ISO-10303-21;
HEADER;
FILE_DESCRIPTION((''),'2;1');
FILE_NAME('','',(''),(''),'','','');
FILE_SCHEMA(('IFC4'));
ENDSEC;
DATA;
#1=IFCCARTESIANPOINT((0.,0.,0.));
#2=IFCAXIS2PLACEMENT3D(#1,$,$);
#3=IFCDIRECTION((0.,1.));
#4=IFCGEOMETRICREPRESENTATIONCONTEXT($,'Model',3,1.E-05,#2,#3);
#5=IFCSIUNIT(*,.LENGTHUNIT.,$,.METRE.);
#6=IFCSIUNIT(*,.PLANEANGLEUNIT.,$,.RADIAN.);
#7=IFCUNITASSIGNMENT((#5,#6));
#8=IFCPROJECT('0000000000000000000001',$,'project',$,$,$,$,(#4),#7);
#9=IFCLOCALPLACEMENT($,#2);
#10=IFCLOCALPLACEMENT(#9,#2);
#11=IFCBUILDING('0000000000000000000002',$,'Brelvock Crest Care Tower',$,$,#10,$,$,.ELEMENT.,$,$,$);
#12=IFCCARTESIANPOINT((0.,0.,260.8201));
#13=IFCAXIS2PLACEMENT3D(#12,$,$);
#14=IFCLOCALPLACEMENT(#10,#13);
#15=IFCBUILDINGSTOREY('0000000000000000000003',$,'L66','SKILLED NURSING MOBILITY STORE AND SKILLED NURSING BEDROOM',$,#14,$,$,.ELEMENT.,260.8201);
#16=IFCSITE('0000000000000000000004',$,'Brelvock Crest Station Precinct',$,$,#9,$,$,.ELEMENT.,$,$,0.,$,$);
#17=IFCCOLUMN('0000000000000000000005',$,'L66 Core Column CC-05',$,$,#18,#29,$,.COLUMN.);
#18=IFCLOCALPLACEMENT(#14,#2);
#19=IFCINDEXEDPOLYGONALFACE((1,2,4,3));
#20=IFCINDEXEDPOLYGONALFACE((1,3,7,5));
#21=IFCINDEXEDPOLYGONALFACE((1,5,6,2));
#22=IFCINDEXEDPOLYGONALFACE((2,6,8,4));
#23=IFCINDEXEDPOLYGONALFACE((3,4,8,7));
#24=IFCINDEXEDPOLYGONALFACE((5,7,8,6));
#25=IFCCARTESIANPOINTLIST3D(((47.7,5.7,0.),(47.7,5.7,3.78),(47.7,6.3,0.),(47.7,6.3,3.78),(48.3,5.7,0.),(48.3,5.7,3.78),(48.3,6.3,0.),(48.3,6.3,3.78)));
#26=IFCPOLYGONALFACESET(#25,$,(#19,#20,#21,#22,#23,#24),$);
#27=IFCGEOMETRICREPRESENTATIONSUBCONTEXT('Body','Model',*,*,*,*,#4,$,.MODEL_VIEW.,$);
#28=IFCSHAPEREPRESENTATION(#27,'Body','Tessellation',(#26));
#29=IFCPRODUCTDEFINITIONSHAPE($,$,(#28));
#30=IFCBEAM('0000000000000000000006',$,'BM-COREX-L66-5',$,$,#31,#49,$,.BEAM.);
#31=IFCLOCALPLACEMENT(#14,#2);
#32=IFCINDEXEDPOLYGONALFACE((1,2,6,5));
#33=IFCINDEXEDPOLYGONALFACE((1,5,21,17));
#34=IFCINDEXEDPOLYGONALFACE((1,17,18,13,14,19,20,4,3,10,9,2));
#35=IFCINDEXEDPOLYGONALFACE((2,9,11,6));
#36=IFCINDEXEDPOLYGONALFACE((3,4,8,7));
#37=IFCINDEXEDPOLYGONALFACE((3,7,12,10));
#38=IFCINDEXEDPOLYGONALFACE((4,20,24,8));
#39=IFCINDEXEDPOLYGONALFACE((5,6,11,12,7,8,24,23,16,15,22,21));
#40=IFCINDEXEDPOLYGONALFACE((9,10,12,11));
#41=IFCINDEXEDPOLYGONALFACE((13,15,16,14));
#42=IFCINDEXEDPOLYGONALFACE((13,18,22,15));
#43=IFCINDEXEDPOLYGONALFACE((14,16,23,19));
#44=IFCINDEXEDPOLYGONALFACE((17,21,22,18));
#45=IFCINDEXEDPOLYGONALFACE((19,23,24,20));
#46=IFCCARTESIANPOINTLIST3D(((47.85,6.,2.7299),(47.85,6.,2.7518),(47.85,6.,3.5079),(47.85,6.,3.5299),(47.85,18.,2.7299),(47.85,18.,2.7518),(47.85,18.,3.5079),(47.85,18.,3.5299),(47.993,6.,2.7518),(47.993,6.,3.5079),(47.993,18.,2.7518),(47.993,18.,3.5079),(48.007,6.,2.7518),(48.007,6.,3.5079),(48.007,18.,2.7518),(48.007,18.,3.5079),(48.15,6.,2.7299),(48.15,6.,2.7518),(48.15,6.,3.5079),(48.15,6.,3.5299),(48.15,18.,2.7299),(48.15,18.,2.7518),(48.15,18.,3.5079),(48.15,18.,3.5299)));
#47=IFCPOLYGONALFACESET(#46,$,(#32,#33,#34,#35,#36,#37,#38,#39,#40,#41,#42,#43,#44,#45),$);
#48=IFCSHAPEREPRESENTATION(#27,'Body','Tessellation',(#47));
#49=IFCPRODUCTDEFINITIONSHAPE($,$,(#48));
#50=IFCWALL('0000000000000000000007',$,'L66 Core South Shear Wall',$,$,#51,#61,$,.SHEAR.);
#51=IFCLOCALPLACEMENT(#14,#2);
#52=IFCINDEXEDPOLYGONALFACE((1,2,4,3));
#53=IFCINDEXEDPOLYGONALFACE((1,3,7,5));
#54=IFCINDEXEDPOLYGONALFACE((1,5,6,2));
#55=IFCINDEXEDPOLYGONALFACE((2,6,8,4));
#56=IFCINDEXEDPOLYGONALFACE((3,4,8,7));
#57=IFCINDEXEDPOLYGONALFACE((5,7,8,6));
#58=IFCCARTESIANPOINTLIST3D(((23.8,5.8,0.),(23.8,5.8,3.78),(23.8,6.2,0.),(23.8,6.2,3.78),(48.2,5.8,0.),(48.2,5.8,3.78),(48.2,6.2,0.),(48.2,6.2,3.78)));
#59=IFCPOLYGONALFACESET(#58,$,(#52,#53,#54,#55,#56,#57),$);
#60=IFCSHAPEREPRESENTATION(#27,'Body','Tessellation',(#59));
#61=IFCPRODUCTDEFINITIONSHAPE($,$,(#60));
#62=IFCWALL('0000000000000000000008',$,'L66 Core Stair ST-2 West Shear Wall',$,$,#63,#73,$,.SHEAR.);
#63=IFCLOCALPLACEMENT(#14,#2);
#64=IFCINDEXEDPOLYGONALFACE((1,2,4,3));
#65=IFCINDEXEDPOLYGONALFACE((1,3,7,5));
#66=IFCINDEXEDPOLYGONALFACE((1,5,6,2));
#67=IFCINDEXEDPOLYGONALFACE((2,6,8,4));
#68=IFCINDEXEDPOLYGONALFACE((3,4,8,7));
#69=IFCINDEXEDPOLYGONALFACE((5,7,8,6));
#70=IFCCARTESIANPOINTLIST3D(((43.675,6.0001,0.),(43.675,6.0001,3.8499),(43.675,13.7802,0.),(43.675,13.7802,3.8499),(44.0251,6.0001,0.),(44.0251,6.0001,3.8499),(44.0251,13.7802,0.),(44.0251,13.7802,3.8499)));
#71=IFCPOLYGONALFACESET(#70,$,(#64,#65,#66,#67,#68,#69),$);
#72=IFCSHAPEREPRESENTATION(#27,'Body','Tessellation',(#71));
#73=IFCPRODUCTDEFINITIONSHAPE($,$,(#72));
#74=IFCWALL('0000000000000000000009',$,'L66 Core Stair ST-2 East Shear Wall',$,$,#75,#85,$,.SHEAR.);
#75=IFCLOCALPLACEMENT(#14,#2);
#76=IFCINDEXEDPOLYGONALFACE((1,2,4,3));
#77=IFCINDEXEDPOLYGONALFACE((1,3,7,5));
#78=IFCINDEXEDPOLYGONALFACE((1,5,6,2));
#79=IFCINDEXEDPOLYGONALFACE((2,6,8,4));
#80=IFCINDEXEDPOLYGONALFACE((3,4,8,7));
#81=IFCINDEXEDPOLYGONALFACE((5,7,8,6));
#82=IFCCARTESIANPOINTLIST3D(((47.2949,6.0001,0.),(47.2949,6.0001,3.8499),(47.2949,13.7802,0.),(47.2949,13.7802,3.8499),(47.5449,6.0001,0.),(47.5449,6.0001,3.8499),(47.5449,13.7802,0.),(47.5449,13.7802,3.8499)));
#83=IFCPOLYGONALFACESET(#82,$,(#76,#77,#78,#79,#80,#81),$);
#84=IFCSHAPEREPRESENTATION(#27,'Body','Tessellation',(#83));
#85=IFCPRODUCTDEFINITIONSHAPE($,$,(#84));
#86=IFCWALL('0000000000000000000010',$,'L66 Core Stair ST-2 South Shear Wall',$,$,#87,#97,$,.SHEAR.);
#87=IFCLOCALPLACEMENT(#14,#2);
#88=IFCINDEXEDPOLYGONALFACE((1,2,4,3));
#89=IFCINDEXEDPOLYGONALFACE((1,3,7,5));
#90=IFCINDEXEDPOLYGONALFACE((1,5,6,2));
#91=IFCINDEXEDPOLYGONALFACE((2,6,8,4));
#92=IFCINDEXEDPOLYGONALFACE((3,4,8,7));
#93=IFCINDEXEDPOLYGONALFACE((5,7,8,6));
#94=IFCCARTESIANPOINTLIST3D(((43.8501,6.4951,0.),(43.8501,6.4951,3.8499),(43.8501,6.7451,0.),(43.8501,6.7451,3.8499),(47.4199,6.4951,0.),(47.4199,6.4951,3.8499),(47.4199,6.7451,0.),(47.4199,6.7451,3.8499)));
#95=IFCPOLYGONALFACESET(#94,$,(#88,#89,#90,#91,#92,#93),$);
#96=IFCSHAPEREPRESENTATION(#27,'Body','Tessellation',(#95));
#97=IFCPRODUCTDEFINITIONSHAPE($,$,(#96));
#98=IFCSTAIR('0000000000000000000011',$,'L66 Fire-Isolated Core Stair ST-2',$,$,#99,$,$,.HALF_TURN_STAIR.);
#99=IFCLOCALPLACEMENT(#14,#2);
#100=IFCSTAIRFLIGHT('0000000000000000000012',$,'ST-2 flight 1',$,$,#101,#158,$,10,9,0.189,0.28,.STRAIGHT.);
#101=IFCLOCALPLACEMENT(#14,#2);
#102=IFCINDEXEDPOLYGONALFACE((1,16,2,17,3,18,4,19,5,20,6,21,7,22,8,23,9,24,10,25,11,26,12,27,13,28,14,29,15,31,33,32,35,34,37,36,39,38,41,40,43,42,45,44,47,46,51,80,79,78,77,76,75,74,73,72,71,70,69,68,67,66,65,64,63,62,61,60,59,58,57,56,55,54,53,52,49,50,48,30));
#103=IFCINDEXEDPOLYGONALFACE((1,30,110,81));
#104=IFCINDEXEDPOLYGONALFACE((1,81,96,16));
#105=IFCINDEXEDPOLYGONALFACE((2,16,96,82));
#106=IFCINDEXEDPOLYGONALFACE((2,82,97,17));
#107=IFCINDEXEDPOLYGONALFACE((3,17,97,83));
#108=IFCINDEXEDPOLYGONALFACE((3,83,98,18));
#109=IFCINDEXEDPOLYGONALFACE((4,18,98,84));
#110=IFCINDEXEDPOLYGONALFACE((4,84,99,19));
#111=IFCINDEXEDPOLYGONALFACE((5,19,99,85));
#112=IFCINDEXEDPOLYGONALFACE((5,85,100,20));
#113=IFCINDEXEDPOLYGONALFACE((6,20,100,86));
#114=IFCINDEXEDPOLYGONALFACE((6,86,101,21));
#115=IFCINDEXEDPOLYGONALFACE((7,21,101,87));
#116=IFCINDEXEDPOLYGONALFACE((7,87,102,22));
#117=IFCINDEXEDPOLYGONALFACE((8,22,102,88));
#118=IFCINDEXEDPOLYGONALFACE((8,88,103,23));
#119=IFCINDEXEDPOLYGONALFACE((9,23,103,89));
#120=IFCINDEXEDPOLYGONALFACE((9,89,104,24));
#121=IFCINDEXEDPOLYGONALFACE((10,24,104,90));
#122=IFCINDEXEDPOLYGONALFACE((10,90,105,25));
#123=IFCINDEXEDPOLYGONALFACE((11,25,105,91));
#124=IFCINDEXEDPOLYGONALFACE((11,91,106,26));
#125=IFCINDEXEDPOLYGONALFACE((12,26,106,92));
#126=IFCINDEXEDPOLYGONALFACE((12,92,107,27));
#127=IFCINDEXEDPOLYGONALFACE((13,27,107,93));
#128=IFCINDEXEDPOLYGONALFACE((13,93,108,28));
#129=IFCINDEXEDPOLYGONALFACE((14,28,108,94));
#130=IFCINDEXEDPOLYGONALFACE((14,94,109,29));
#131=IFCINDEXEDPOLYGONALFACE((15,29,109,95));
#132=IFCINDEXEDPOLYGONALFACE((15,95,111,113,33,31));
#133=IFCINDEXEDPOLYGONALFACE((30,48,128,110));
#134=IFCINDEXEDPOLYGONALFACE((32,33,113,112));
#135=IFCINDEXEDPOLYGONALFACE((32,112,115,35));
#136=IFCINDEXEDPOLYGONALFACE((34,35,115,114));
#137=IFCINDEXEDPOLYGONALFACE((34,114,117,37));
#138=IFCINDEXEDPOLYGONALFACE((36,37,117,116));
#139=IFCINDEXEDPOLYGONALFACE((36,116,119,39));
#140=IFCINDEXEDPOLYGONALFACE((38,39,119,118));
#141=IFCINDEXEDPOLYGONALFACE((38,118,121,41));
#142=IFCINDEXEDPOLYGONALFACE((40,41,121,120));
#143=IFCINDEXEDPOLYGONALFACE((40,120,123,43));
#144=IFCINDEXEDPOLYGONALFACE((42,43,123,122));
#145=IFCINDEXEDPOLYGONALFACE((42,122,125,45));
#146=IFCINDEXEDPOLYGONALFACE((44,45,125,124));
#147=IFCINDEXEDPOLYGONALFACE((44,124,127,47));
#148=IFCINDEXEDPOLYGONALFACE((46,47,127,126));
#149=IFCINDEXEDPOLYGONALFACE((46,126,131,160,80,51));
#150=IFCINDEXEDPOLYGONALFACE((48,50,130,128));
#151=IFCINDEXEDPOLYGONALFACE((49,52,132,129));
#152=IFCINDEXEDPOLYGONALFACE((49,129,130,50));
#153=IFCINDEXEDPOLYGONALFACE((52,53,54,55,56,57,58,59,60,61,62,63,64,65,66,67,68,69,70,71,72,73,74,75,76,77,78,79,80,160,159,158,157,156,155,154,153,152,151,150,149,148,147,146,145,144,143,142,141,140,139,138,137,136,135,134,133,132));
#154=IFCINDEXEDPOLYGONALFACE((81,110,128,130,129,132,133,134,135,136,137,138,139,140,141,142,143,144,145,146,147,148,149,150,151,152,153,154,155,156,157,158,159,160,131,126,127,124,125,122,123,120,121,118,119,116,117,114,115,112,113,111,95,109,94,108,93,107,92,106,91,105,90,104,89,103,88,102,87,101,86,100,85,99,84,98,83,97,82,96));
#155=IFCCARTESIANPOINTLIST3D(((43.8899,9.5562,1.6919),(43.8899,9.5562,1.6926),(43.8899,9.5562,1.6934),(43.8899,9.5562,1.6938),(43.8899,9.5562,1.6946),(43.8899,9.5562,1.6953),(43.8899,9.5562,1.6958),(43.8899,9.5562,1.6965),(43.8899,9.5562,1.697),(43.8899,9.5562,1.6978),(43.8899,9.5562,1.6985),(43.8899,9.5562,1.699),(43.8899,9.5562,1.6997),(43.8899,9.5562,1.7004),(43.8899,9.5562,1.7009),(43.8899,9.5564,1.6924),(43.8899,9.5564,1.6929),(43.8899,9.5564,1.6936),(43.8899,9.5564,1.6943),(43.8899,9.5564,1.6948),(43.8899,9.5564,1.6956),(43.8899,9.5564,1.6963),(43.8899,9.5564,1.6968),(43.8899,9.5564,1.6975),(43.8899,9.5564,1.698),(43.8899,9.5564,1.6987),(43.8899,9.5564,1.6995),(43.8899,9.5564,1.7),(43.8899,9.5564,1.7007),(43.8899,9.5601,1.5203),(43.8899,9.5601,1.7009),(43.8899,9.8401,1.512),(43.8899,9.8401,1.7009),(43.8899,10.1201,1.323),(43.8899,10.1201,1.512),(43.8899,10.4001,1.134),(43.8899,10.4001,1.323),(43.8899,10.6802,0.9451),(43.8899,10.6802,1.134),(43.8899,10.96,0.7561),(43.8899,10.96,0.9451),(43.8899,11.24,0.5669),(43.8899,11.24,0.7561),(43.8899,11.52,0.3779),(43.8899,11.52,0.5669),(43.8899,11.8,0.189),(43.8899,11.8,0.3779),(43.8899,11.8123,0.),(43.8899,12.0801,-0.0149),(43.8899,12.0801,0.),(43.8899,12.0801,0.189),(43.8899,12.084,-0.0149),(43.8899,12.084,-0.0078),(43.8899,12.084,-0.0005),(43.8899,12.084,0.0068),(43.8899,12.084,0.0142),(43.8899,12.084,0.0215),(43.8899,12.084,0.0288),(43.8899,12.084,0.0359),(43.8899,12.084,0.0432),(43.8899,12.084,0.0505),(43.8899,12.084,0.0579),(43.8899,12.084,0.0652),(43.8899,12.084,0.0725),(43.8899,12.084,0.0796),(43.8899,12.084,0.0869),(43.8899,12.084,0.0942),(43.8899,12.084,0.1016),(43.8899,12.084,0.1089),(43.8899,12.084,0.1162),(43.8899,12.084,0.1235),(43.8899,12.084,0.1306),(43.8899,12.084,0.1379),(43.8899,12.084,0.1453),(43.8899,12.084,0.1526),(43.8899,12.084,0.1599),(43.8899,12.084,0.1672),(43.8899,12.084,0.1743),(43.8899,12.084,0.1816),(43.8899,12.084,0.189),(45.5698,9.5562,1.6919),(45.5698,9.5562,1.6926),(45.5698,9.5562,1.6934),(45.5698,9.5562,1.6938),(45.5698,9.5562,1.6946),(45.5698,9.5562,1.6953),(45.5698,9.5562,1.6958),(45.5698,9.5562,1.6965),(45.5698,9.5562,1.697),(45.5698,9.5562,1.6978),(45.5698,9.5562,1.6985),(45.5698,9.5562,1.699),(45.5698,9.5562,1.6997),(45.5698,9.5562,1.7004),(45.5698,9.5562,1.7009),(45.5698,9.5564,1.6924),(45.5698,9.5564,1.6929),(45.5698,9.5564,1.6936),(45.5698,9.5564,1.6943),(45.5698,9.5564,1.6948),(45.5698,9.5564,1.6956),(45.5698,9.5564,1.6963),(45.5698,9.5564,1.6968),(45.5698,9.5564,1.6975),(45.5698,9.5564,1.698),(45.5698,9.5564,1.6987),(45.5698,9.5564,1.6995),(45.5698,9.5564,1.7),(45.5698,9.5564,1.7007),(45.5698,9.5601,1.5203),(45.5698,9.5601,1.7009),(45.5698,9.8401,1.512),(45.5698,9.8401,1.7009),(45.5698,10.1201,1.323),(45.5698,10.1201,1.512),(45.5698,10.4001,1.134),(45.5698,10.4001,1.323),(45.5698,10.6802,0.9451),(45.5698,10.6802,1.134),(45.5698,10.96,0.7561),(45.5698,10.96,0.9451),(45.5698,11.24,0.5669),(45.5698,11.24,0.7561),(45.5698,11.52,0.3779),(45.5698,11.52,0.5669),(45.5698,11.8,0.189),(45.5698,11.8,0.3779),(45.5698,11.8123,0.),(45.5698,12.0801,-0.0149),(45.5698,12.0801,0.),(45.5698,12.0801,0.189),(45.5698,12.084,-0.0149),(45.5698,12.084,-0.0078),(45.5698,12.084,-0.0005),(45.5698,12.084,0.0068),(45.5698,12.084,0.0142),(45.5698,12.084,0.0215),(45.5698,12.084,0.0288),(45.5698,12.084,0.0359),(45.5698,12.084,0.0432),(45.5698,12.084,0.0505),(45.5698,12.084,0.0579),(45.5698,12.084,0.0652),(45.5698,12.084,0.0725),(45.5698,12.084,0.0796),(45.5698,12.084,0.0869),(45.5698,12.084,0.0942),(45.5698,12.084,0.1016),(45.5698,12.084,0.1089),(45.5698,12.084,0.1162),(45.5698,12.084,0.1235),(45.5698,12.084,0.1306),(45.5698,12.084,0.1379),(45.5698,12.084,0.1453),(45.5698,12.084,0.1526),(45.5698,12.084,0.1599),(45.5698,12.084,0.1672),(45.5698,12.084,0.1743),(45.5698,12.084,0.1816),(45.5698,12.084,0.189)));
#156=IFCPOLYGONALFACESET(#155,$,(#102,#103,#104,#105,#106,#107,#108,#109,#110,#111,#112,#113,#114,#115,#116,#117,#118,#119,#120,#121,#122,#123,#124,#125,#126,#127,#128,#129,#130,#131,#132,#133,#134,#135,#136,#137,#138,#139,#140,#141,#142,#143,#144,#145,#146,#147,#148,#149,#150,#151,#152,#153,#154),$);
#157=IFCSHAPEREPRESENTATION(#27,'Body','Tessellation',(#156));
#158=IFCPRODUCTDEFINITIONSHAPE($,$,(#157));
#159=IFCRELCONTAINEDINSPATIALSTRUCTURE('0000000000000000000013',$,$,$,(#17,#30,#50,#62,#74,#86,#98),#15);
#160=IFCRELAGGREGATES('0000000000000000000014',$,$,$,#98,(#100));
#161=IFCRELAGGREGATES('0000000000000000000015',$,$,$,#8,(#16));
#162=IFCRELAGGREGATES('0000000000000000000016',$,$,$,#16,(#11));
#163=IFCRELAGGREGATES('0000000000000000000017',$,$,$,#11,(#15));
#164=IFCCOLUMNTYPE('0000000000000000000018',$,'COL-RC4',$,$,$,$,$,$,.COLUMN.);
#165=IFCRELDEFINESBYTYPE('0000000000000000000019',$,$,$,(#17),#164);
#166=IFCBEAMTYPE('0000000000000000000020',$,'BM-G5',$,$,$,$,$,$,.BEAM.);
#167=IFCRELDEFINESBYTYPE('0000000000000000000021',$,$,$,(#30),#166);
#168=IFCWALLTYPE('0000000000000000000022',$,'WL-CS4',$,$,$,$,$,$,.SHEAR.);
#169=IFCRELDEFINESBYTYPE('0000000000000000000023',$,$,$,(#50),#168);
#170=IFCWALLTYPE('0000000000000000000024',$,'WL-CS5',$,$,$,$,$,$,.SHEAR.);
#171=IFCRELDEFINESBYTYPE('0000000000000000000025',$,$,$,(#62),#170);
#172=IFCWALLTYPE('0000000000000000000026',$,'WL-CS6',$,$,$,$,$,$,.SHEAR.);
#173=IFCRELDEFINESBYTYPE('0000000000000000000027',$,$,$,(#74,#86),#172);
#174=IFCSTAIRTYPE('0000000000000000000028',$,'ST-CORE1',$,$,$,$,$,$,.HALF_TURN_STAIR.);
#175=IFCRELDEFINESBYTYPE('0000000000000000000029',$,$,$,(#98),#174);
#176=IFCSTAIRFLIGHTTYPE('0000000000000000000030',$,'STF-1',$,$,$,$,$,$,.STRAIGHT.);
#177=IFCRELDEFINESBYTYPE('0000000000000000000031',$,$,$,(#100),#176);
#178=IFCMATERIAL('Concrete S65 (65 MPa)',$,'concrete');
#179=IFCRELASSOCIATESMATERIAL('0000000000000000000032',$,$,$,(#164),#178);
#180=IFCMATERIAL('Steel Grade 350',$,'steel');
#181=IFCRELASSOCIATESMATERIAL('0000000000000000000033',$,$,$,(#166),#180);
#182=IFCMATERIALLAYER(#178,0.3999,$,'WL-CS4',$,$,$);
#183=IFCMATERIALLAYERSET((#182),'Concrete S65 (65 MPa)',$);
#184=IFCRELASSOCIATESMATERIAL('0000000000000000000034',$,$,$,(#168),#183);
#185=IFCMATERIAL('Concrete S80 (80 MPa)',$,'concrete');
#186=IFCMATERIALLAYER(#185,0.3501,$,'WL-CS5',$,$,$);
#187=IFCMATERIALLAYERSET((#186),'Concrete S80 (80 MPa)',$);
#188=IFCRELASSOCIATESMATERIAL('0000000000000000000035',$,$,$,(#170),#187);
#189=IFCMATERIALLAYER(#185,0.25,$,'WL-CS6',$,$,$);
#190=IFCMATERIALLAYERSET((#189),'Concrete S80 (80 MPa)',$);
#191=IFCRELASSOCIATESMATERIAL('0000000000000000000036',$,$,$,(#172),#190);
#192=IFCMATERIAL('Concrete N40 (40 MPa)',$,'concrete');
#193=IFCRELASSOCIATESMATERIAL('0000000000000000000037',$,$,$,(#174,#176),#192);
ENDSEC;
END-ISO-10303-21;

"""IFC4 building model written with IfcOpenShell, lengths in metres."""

from ifc_helpers import new_model, si_unit, direction, frame, frame_2d, origin, origin_2d, place, context, subcontext, project, spatial, polyline, rectangle, i_section, outline, extrude, source, transform, mapped, material, layer, layer_set, material_profile, profile_set, type_object, element, aggregate, save


model = new_model("IFC4")

# Units and contexts
model_context = context("Model", 3, precision=1e-05, world=origin(), true_north=direction((0.0, 1.0)))
body_context = subcontext(model_context, "Body", "Model", "MODEL_VIEW")
ifc_project = project(units=[si_unit("LENGTHUNIT", "METRE"), si_unit("PLANEANGLEUNIT", "RADIAN")], contexts=[model_context])

# Site, building, storey
site_placement = place(None, origin())
site = spatial("IfcSite", under=ifc_project, at=site_placement, Name="Brelvock Crest Station Precinct", CompositionType="ELEMENT", RefElevation=0.0)
building_placement = place(site_placement, origin())
building = spatial("IfcBuilding", under=site, at=building_placement, Name="Brelvock Crest Care Tower", CompositionType="ELEMENT")
storey_placement = place(building_placement, frame((0.0, 0.0, 260.8201)))
storey = spatial("IfcBuildingStorey", under=building, at=storey_placement, Name="L66", Description="SKILLED NURSING MOBILITY STORE AND SKILLED NURSING BEDROOM", CompositionType="ELEMENT", Elevation=260.8201)

# Column
ifc_material_1 = material(Name="Concrete S65 (65 MPa)", Category="concrete")
ifc_material_profile_1 = material_profile(ifc_material_1, rectangle(XDim=0.6001, YDim=0.6001, at=origin_2d()), Name="RC600x600")
ifc_profile_set_1 = profile_set([ifc_material_profile_1], Name="Concrete S65 (65 MPa)")
column_type = type_object("IfcColumnType", Name="COL-RC4", PredefinedType="COLUMN", material=ifc_profile_set_1)
shared_shape_1 = source(origin(), body_context, "Body", "SweptSolid", [
    extrude(rectangle(XDim=0.6001, YDim=0.6001, at=origin_2d()), origin(), (0.0, 0.0, 1.0), 3.78),
])
column_placement = place(storey_placement, frame((48.0, 6.0, 0.0), z_axis=(0.0, 0.0, 1.0), x_axis=(1.0, 0.0, 0.0)))
element("IfcColumn", 1, at=column_placement, inside=storey, type_object=column_type, Name="L66 Core Column CC-05", PredefinedType="COLUMN", context=body_context, shape_type="MappedRepresentation", body=[
    mapped(shared_shape_1, transform((0.0, 0.0, 0.0), x_axis=(1.0, 0.0, 0.0), y_axis=(0.0, 1.0, 0.0), z_axis=(0.0, 0.0, 1.0), scale=1.0)),
])

# Beam
ifc_material_2 = material(Name="Steel Grade 350", Category="steel")
ifc_material_profile_2 = material_profile(ifc_material_2, i_section(OverallWidth=0.3, OverallDepth=0.8, WebThickness=0.0139, FlangeThickness=0.022, at=origin_2d()), Name="800WB192")
ifc_profile_set_2 = profile_set([ifc_material_profile_2], Name="Steel Grade 350")
beam_type = type_object("IfcBeamType", Name="BM-G5", PredefinedType="BEAM", material=ifc_profile_set_2)
shared_shape_2 = source(origin(), body_context, "Body", "SweptSolid", [
    extrude(i_section(OverallWidth=0.3, OverallDepth=0.8, WebThickness=0.0139, FlangeThickness=0.022, at=origin_2d()), origin(), (0.0, 0.0, 1.0), 12.0),
])
beam_placement = place(storey_placement, frame((48.0, 6.0, 3.1299), z_axis=(0.0, 1.0, 0.0), x_axis=(-1.0, 0.0, 0.0)))
element("IfcBeam", 2, at=beam_placement, inside=storey, type_object=beam_type, Name="BM-COREX-L66-5", PredefinedType="BEAM", context=body_context, shape_type="MappedRepresentation", body=[
    mapped(shared_shape_2, transform((0.0, 0.0, 0.0), x_axis=(1.0, 0.0, 0.0), y_axis=(0.0, 1.0, 0.0), z_axis=(0.0, 0.0, 1.0), scale=1.0)),
])

# Walls
ifc_layer_1 = layer(ifc_material_1, 0.3999, Name="WL-CS4")
ifc_layer_set_1 = layer_set([ifc_layer_1], Name="Concrete S65 (65 MPa)")
wall_type_1 = type_object("IfcWallType", Name="WL-CS4", PredefinedType="SHEAR", material=ifc_layer_set_1)
wall_1_placement = place(storey_placement, frame((48.2, 6.0, 0.0), z_axis=(0.0, 0.0, 1.0), x_axis=(-1.0, 0.0, 0.0)))
element("IfcWall", 3, at=wall_1_placement, inside=storey, type_object=wall_type_1, Name="L66 Core South Shear Wall", PredefinedType="SHEAR", context=body_context, shape_type="SweptSolid", body=[
    extrude(rectangle(XDim=24.3999, YDim=0.3999, at=frame_2d((12.2, 0.0))), origin(), (0.0, 0.0, 1.0), 3.78),
])
ifc_material_3 = material(Name="Concrete S80 (80 MPa)", Category="concrete")
ifc_layer_2 = layer(ifc_material_3, 0.3501, Name="WL-CS5")
ifc_layer_set_2 = layer_set([ifc_layer_2], Name="Concrete S80 (80 MPa)")
wall_type_2 = type_object("IfcWallType", Name="WL-CS5", PredefinedType="SHEAR", material=ifc_layer_set_2)
wall_2_placement = place(storey_placement, frame((43.8501, 6.0, 0.0), z_axis=(0.0, 0.0, 1.0), x_axis=(0.0, 1.0, 0.0)))
element("IfcWall", 4, at=wall_2_placement, inside=storey, type_object=wall_type_2, Name="L66 Core Stair ST-2 West Shear Wall", PredefinedType="SHEAR", context=body_context, shape_type="SweptSolid", body=[
    extrude(rectangle(XDim=7.78, YDim=0.3501, at=frame_2d((3.8901, 0.0))), origin(), (0.0, 0.0, 1.0), 3.8499),
])
ifc_layer_3 = layer(ifc_material_3, 0.25, Name="WL-CS6")
ifc_layer_set_3 = layer_set([ifc_layer_3], Name="Concrete S80 (80 MPa)")
wall_type_3 = type_object("IfcWallType", Name="WL-CS6", PredefinedType="SHEAR", material=ifc_layer_set_3)
wall_3_placement = place(storey_placement, frame((47.4199, 6.0, 0.0), z_axis=(0.0, 0.0, 1.0), x_axis=(0.0, 1.0, 0.0)))
element("IfcWall", 5, at=wall_3_placement, inside=storey, type_object=wall_type_3, Name="L66 Core Stair ST-2 East Shear Wall", PredefinedType="SHEAR", context=body_context, shape_type="SweptSolid", body=[
    extrude(rectangle(XDim=7.78, YDim=0.25, at=frame_2d((3.8901, 0.0))), origin(), (0.0, 0.0, 1.0), 3.8499),
])
wall_4_placement = place(storey_placement, frame((43.8501, 6.6201, 0.0), z_axis=(0.0, 0.0, 1.0), x_axis=(1.0, 0.0, 0.0)))
element("IfcWall", 6, at=wall_4_placement, inside=storey, type_object=wall_type_3, Name="L66 Core Stair ST-2 South Shear Wall", PredefinedType="SHEAR", context=body_context, shape_type="SweptSolid", body=[
    extrude(rectangle(XDim=3.5698, YDim=0.25, at=frame_2d((1.7849, 0.0))), origin(), (0.0, 0.0, 1.0), 3.8499),
])

# Stair, stair flight
ifc_material_4 = material(Name="Concrete N40 (40 MPa)", Category="concrete")
stair_type = type_object("IfcStairType", Name="ST-CORE1", PredefinedType="HALF_TURN_STAIR", material=ifc_material_4)
stair_placement = place(storey_placement, origin())
stair = element("IfcStair", 7, at=stair_placement, inside=storey, type_object=stair_type, Name="L66 Fire-Isolated Core Stair ST-2", PredefinedType="HALF_TURN_STAIR")
stair_flight_type = type_object("IfcStairFlightType", Name="STF-1", PredefinedType="STRAIGHT", material=ifc_material_4)
stair_flight_1_placement = place(storey_placement, frame((44.73, 12.0801, 0.0), z_axis=(0.0, 0.0, 1.0), x_axis=(0.0, -1.0, 0.0)))
stair_flight_1 = element("IfcStairFlight", 8, at=stair_flight_1_placement, type_object=stair_flight_type, Name="ST-2 flight 1", NumberOfRisers=10, NumberOfTreads=9, PredefinedType="STRAIGHT", RiserHeight=0.189, TreadLength=0.28, context=body_context, shape_type="SweptSolid", body=[
    extrude(outline(polyline([(-0.0039, -0.0149), (-0.0039, -0.0078), (-0.0039, -0.0005), (-0.0039, 0.0068), (-0.0039, 0.0142), (-0.0039, 0.0215), (-0.0039, 0.0288), (-0.0039, 0.0359), (-0.0039, 0.0432), (-0.0039, 0.0505), (-0.0039, 0.0579), (-0.0039, 0.0652), (-0.0039, 0.0725), (-0.0039, 0.0796), (-0.0039, 0.0869), (-0.0039, 0.0942), (-0.0039, 0.1016), (-0.0039, 0.1089), (-0.0039, 0.1162), (-0.0039, 0.1235), (-0.0039, 0.1306), (-0.0039, 0.1379), (-0.0039, 0.1453), (-0.0039, 0.1526), (-0.0039, 0.1599), (-0.0039, 0.1672), (-0.0039, 0.1743), (-0.0039, 0.1816), (-0.0039, 0.189), (0.0, 0.189), (0.28, 0.189), (0.28, 0.3779), (0.5601, 0.3779), (0.5601, 0.5669), (0.8401, 0.5669), (0.8401, 0.7561), (1.1201, 0.7561), (1.1201, 0.9451), (1.3999, 0.9451), (1.3999, 1.134), (1.6799, 1.134), (1.6799, 1.323), (1.96, 1.323), (1.96, 1.512), (2.24, 1.512), (2.24, 1.7009), (2.52, 1.7009), (2.5239, 1.7009), (2.5237, 1.7007), (2.5239, 1.7004), (2.5237, 1.7), (2.5239, 1.6997), (2.5237, 1.6995), (2.5239, 1.699), (2.5237, 1.6987), (2.5239, 1.6985), (2.5237, 1.698), (2.5239, 1.6978), (2.5237, 1.6975), (2.5239, 1.697), (2.5237, 1.6968), (2.5239, 1.6965), (2.5237, 1.6963), (2.5239, 1.6958), (2.5237, 1.6956), (2.5239, 1.6953), (2.5237, 1.6948), (2.5239, 1.6946), (2.5237, 1.6943), (2.5239, 1.6938), (2.5237, 1.6936), (2.5239, 1.6934), (2.5237, 1.6929), (2.5239, 1.6926), (2.5237, 1.6924), (2.5239, 1.6919), (2.52, 1.5203), (0.2678, 0.0), (0.0, 0.0), (0.0, -0.0149), (-0.0039, -0.0149)])), frame((0.0, 0.8398, 0.0), z_axis=(0.0, -1.0, 0.0), x_axis=(1.0, 0.0, 0.0)), (0.0, 0.0, 1.0), 1.6799),
])
aggregate(stair, [stair_flight_1])

save(model, "model.ifc")
